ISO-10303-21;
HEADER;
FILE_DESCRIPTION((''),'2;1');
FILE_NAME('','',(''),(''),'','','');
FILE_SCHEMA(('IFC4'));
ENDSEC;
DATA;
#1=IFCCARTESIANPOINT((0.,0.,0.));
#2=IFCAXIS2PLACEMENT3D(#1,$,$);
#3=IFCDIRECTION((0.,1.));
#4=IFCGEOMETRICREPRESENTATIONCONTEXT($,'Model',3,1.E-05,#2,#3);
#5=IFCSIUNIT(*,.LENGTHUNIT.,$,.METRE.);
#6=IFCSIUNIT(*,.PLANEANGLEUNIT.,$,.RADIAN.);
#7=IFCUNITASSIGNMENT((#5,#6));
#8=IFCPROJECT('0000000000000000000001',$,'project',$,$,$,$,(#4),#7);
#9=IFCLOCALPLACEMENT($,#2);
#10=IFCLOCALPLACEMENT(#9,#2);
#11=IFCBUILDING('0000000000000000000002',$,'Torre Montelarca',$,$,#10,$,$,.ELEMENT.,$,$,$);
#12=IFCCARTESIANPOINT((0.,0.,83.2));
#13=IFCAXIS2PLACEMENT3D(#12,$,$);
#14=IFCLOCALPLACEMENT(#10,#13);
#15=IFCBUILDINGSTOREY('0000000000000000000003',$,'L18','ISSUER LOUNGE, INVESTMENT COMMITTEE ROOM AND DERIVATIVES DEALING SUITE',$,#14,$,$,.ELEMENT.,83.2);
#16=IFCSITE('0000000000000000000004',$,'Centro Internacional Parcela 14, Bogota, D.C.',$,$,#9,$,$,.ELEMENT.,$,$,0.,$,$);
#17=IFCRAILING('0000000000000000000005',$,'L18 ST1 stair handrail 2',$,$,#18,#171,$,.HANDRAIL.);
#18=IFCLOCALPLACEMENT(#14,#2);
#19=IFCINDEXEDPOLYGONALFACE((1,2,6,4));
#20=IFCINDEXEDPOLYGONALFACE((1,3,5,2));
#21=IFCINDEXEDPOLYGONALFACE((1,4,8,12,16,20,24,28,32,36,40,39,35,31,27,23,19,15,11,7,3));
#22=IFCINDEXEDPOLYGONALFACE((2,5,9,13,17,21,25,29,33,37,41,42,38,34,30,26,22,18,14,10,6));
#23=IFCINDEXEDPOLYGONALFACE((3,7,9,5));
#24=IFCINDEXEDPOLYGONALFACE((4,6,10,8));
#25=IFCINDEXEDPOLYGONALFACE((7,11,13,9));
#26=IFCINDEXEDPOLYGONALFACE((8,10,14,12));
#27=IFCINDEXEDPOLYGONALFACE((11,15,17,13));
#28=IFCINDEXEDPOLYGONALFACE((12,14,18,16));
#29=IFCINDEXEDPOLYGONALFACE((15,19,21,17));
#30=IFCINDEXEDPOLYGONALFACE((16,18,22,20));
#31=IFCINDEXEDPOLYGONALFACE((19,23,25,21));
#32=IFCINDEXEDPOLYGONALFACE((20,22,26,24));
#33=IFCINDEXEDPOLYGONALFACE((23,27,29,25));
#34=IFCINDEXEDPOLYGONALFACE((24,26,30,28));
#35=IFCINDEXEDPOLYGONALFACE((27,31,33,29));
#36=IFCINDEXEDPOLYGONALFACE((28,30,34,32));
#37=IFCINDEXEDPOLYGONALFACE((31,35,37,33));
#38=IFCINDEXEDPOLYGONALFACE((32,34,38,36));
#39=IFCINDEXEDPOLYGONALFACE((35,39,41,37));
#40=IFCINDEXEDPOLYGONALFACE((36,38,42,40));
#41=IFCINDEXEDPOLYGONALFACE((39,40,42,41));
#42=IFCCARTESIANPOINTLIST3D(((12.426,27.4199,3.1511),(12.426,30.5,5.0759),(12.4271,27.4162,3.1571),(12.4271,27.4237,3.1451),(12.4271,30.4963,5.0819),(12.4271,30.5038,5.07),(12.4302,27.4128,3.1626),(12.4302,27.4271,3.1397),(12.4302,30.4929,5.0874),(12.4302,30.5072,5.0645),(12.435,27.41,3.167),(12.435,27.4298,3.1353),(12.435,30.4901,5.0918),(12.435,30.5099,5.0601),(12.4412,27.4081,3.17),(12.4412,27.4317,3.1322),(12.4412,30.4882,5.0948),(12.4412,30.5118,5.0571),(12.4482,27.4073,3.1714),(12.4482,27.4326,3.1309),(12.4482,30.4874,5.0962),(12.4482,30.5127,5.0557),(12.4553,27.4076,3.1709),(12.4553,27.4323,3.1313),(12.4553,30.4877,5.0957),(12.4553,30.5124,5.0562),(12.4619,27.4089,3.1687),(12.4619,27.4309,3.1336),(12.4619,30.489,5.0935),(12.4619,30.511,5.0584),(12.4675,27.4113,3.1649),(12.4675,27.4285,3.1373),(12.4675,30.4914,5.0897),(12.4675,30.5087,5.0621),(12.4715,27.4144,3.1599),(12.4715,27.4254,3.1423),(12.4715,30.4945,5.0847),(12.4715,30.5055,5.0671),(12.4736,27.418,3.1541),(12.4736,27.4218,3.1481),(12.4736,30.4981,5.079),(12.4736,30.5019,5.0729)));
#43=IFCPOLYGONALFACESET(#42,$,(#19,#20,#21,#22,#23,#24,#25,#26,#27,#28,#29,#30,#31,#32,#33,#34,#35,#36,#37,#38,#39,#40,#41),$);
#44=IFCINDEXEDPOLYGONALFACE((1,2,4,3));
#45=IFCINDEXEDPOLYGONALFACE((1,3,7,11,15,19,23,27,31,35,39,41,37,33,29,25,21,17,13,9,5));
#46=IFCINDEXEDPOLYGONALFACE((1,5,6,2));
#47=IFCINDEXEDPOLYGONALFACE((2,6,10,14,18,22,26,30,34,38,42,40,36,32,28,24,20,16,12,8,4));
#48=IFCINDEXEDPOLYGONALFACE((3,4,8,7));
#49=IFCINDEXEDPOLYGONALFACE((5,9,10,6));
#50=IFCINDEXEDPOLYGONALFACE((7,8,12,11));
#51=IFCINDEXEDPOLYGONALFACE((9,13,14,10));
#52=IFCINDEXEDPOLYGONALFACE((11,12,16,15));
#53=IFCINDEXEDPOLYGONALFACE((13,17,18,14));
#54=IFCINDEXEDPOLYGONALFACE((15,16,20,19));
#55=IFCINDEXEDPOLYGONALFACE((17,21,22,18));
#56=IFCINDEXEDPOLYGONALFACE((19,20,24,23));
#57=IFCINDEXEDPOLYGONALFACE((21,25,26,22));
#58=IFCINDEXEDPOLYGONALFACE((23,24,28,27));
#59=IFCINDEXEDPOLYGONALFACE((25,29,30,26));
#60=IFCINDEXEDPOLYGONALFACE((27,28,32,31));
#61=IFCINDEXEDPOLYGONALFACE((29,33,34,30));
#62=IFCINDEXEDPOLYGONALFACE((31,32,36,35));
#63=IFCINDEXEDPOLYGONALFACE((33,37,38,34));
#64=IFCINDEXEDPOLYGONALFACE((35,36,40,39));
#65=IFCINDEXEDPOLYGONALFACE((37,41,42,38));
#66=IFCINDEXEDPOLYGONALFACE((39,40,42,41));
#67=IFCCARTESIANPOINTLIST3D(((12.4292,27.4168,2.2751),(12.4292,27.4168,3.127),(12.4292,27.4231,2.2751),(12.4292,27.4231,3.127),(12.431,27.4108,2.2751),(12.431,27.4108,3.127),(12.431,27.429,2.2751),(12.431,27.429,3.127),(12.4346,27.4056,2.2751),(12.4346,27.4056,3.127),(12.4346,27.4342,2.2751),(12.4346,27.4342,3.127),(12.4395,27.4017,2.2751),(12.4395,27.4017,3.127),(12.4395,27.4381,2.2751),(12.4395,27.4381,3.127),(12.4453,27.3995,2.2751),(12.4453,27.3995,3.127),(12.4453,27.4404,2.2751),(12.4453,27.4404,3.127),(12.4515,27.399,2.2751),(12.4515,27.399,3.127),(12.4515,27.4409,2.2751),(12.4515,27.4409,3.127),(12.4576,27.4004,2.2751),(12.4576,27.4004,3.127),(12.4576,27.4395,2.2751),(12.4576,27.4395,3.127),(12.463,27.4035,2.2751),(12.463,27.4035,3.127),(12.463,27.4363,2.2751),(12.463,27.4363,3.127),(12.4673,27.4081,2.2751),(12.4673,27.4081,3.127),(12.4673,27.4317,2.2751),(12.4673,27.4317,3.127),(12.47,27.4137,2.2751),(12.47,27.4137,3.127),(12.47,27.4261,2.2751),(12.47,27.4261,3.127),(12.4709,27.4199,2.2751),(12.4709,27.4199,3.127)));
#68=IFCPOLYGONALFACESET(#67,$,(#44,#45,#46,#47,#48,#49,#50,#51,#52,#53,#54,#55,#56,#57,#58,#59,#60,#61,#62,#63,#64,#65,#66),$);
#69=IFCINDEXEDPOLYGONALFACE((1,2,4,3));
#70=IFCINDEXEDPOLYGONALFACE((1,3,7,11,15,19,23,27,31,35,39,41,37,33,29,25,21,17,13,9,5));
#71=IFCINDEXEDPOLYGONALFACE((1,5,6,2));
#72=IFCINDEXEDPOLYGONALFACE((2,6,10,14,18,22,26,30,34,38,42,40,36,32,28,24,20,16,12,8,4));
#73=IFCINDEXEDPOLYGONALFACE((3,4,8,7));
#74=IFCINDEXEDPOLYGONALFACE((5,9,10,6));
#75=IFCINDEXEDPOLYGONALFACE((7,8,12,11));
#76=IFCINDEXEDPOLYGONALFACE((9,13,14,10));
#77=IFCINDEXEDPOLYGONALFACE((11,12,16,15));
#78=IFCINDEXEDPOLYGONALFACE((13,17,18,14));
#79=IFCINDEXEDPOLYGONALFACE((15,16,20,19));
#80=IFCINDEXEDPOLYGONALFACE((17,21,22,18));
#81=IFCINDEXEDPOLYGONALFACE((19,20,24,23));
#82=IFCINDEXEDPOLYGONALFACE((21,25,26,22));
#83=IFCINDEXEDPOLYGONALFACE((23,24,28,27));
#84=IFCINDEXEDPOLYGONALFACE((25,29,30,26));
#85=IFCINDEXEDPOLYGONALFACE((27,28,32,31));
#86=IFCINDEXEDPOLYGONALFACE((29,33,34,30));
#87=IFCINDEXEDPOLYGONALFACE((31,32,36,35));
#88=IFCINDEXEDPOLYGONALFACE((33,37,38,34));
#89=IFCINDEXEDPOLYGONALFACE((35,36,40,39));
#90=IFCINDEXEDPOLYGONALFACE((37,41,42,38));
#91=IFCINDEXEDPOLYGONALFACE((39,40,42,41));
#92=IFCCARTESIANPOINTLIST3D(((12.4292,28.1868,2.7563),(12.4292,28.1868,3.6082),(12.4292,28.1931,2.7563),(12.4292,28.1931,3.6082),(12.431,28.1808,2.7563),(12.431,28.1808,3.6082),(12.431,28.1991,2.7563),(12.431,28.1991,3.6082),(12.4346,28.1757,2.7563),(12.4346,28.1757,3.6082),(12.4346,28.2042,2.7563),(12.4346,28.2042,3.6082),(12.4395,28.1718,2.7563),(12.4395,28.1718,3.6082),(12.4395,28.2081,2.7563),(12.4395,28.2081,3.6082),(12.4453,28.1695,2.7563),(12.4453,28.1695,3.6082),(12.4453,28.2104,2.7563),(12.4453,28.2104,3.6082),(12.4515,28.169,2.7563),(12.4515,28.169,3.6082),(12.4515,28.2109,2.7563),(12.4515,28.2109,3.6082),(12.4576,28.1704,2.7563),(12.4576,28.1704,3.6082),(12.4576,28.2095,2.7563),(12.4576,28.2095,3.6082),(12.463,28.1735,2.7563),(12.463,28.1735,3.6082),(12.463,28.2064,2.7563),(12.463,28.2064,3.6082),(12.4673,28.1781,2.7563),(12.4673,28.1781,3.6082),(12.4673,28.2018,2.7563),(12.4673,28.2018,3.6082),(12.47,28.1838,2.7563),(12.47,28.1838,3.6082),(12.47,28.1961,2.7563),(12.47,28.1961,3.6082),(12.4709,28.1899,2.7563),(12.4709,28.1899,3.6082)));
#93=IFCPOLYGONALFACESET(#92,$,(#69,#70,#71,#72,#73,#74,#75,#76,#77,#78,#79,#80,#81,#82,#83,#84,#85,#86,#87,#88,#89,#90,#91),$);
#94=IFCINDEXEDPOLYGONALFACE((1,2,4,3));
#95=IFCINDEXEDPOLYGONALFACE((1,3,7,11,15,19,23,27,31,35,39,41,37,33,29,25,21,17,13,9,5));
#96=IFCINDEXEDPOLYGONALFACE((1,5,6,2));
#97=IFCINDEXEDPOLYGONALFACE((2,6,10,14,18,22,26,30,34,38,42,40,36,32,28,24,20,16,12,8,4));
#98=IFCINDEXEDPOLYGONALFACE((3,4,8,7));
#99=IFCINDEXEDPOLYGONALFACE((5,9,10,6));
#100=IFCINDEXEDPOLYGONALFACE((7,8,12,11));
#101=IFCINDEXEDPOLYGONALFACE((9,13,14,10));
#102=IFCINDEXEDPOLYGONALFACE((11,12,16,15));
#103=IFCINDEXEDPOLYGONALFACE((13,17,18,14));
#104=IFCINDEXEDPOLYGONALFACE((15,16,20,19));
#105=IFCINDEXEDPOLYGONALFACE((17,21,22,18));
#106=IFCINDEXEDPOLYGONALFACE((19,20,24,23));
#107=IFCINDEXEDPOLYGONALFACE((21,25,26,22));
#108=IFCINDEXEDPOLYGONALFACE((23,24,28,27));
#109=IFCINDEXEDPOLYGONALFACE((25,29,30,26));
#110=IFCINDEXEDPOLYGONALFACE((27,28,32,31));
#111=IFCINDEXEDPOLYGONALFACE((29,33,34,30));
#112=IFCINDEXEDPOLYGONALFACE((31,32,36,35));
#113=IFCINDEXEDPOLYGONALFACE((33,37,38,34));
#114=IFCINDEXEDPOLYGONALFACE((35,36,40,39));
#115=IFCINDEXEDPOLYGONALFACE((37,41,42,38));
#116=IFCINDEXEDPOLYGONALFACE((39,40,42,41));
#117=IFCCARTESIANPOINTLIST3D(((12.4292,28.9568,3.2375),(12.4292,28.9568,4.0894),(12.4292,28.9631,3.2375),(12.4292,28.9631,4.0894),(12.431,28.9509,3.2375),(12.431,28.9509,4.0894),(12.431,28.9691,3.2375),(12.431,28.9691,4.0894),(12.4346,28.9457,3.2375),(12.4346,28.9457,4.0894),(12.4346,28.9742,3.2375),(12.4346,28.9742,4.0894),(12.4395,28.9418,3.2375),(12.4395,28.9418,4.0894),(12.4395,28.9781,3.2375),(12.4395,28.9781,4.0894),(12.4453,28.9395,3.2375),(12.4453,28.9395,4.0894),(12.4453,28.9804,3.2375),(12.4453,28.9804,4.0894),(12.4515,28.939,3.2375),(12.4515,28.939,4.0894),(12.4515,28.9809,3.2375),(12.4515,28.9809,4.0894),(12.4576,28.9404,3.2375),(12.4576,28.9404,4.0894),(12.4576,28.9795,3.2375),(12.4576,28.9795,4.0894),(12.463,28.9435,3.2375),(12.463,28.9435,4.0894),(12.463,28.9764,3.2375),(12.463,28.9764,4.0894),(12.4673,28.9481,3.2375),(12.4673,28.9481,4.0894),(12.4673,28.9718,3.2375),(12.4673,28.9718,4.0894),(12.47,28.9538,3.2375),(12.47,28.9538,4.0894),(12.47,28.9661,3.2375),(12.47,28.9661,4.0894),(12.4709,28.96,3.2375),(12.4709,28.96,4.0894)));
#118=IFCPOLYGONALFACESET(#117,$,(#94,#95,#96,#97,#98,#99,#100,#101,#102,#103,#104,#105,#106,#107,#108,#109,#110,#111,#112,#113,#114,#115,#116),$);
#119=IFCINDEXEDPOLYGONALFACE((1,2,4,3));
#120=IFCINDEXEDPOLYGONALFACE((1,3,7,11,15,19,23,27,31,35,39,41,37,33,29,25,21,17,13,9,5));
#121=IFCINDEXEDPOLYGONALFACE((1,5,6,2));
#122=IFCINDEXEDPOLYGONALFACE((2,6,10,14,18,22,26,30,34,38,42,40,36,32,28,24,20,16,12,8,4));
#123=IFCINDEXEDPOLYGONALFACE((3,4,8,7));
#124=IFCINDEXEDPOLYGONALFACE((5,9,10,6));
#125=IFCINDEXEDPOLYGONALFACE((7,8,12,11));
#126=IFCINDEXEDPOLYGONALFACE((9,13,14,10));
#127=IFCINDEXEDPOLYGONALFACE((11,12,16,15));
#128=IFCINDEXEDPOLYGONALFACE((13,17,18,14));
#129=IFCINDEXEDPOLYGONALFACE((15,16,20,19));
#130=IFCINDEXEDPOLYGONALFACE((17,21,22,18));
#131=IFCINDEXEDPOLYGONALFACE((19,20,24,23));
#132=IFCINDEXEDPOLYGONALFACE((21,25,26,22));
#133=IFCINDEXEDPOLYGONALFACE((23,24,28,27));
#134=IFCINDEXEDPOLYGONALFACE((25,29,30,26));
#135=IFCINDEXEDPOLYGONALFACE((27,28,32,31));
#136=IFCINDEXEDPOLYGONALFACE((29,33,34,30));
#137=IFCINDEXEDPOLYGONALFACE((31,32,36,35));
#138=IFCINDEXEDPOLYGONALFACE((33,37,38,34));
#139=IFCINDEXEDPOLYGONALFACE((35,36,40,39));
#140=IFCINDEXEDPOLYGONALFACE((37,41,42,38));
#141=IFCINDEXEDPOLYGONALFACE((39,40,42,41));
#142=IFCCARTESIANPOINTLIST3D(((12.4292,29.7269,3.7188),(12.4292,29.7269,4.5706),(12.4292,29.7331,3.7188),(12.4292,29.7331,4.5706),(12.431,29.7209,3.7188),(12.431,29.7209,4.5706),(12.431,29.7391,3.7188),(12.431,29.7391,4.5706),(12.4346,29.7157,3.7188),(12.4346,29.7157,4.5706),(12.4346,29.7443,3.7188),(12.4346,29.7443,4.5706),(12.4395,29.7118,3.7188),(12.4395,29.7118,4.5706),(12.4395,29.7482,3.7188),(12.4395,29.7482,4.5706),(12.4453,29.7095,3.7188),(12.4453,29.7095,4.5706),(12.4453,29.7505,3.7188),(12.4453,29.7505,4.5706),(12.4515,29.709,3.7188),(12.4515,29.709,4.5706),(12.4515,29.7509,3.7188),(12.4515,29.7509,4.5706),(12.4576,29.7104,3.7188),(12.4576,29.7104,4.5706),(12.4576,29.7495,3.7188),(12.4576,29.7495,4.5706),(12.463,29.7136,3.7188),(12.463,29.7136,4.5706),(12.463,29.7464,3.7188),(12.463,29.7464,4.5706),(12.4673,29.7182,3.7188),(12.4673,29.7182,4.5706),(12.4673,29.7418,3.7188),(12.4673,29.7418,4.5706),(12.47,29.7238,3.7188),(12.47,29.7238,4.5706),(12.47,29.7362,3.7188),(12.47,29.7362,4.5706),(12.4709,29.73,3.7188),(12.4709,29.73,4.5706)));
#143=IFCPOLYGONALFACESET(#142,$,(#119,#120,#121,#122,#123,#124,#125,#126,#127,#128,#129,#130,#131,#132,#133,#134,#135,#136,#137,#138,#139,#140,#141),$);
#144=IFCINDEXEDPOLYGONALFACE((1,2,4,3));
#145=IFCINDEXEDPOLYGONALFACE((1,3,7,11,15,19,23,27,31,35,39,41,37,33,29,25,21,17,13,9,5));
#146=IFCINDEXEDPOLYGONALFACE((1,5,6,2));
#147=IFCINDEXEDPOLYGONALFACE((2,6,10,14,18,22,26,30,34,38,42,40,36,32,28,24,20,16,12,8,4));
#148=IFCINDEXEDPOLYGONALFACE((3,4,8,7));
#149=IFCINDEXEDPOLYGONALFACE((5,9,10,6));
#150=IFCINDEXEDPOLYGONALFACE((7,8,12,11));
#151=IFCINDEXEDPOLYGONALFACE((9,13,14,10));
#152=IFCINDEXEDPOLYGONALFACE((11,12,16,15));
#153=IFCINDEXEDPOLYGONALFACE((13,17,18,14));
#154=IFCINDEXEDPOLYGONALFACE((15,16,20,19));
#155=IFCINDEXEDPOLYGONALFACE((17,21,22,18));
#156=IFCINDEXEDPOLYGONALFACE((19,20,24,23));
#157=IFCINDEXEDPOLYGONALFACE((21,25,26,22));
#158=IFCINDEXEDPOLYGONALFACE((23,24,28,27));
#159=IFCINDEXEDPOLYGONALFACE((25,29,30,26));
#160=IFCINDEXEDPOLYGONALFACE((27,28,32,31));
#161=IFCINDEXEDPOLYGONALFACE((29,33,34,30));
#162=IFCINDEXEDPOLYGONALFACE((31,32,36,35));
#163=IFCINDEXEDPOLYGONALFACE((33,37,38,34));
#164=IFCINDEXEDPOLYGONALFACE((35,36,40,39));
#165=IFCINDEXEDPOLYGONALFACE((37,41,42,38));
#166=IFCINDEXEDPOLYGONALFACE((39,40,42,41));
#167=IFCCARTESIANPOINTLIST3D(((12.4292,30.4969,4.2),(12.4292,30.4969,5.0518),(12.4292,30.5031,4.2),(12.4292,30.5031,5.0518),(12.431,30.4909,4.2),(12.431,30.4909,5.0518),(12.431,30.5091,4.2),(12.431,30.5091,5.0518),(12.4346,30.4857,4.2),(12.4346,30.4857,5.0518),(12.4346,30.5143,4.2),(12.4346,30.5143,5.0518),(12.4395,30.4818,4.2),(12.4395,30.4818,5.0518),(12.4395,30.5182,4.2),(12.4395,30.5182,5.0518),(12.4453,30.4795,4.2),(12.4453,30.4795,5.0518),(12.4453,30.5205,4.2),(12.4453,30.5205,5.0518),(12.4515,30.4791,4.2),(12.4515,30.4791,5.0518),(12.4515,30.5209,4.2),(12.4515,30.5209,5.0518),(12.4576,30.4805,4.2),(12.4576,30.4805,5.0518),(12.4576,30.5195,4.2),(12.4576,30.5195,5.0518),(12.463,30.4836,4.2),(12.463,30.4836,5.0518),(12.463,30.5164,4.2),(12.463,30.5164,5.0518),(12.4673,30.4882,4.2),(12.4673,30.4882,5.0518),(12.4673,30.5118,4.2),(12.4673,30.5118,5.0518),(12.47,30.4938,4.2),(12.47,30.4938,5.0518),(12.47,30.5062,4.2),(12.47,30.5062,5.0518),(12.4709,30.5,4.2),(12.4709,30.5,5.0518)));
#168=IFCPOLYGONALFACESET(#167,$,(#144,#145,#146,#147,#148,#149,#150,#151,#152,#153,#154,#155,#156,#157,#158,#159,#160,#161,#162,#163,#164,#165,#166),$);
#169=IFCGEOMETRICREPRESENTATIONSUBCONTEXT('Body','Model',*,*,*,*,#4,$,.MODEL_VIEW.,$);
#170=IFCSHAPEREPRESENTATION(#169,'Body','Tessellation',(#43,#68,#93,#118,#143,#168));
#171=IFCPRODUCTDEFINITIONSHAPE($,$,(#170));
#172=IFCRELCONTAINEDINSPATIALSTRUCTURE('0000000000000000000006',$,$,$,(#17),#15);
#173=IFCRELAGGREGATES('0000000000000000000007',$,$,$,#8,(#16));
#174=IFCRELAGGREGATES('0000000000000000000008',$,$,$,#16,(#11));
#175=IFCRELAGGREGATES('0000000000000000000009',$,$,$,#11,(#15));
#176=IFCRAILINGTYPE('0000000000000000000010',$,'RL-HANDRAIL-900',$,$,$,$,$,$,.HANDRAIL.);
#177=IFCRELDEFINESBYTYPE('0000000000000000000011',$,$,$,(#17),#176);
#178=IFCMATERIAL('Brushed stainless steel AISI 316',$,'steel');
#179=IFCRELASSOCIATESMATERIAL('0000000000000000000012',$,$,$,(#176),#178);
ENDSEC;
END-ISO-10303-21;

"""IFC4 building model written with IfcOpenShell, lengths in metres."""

from ifc_helpers import new_model, si_unit, direction, frame, origin, origin_2d, place, context, subcontext, project, spatial, circle, extrude, material, type_object, element, save


model = new_model("IFC4")

# Units and contexts
model_context = context("Model", 3, precision=1e-05, world=origin(), true_north=direction((0.0, 1.0)))
body_context = subcontext(model_context, "Body", "Model", "MODEL_VIEW")
ifc_project = project(units=[si_unit("LENGTHUNIT", "METRE"), si_unit("PLANEANGLEUNIT", "RADIAN")], contexts=[model_context])

# Site, building, storey
site_placement = place(None, origin())
site = spatial("IfcSite", under=ifc_project, at=site_placement, Name="Centro Internacional Parcela 14, Bogota, D.C.", CompositionType="ELEMENT", RefElevation=0.0)
building_placement = place(site_placement, origin())
building = spatial("IfcBuilding", under=site, at=building_placement, Name="Torre Montelarca", CompositionType="ELEMENT")
storey_placement = place(building_placement, frame((0.0, 0.0, 83.2)))
storey = spatial("IfcBuildingStorey", under=building, at=storey_placement, Name="L18", Description="ISSUER LOUNGE, INVESTMENT COMMITTEE ROOM AND DERIVATIVES DEALING SUITE", CompositionType="ELEMENT", Elevation=83.2)

# Shared definitions
ifc_material_1 = material(Name="Brushed stainless steel AISI 316", Category="steel")

# Railing
railing_type_1 = type_object("IfcRailingType", Name="RL-HANDRAIL-900", PredefinedType="HANDRAIL", material=ifc_material_1)
railing_1_placement = place(storey_placement, frame((12.45, 27.4199, 2.2751)))
element("IfcRailing", 1, at=railing_1_placement, inside=storey, type_object=railing_type_1, Name="L18 ST1 stair handrail 2", PredefinedType="HANDRAIL", context=body_context, shape_type="SweptSolid", body=[
    extrude(circle(Radius=0.0239, at=origin_2d()), frame((0.0, 0.0, 0.876), z_axis=(0.0, 0.848029, 0.529951), x_axis=(-1.0, 0.0, 0.0)), (0.0, 0.0, 1.0), 3.6321),
    extrude(circle(Radius=0.021, at=origin_2d()), origin(), (0.0, 0.0, 1.0), 0.8518),
    extrude(circle(Radius=0.021, at=origin_2d()), frame((0.0, 0.77, 0.4812)), (0.0, 0.0, 1.0), 0.8518),
    extrude(circle(Radius=0.021, at=origin_2d()), frame((0.0, 1.54, 0.9624)), (0.0, 0.0, 1.0), 0.8518),
    extrude(circle(Radius=0.021, at=origin_2d()), frame((0.0, 2.3101, 1.4436)), (0.0, 0.0, 1.0), 0.8518),
    extrude(circle(Radius=0.021, at=origin_2d()), frame((0.0, 3.0801, 1.9248)), (0.0, 0.0, 1.0), 0.8518),
])

save(model, "model.ifc")
